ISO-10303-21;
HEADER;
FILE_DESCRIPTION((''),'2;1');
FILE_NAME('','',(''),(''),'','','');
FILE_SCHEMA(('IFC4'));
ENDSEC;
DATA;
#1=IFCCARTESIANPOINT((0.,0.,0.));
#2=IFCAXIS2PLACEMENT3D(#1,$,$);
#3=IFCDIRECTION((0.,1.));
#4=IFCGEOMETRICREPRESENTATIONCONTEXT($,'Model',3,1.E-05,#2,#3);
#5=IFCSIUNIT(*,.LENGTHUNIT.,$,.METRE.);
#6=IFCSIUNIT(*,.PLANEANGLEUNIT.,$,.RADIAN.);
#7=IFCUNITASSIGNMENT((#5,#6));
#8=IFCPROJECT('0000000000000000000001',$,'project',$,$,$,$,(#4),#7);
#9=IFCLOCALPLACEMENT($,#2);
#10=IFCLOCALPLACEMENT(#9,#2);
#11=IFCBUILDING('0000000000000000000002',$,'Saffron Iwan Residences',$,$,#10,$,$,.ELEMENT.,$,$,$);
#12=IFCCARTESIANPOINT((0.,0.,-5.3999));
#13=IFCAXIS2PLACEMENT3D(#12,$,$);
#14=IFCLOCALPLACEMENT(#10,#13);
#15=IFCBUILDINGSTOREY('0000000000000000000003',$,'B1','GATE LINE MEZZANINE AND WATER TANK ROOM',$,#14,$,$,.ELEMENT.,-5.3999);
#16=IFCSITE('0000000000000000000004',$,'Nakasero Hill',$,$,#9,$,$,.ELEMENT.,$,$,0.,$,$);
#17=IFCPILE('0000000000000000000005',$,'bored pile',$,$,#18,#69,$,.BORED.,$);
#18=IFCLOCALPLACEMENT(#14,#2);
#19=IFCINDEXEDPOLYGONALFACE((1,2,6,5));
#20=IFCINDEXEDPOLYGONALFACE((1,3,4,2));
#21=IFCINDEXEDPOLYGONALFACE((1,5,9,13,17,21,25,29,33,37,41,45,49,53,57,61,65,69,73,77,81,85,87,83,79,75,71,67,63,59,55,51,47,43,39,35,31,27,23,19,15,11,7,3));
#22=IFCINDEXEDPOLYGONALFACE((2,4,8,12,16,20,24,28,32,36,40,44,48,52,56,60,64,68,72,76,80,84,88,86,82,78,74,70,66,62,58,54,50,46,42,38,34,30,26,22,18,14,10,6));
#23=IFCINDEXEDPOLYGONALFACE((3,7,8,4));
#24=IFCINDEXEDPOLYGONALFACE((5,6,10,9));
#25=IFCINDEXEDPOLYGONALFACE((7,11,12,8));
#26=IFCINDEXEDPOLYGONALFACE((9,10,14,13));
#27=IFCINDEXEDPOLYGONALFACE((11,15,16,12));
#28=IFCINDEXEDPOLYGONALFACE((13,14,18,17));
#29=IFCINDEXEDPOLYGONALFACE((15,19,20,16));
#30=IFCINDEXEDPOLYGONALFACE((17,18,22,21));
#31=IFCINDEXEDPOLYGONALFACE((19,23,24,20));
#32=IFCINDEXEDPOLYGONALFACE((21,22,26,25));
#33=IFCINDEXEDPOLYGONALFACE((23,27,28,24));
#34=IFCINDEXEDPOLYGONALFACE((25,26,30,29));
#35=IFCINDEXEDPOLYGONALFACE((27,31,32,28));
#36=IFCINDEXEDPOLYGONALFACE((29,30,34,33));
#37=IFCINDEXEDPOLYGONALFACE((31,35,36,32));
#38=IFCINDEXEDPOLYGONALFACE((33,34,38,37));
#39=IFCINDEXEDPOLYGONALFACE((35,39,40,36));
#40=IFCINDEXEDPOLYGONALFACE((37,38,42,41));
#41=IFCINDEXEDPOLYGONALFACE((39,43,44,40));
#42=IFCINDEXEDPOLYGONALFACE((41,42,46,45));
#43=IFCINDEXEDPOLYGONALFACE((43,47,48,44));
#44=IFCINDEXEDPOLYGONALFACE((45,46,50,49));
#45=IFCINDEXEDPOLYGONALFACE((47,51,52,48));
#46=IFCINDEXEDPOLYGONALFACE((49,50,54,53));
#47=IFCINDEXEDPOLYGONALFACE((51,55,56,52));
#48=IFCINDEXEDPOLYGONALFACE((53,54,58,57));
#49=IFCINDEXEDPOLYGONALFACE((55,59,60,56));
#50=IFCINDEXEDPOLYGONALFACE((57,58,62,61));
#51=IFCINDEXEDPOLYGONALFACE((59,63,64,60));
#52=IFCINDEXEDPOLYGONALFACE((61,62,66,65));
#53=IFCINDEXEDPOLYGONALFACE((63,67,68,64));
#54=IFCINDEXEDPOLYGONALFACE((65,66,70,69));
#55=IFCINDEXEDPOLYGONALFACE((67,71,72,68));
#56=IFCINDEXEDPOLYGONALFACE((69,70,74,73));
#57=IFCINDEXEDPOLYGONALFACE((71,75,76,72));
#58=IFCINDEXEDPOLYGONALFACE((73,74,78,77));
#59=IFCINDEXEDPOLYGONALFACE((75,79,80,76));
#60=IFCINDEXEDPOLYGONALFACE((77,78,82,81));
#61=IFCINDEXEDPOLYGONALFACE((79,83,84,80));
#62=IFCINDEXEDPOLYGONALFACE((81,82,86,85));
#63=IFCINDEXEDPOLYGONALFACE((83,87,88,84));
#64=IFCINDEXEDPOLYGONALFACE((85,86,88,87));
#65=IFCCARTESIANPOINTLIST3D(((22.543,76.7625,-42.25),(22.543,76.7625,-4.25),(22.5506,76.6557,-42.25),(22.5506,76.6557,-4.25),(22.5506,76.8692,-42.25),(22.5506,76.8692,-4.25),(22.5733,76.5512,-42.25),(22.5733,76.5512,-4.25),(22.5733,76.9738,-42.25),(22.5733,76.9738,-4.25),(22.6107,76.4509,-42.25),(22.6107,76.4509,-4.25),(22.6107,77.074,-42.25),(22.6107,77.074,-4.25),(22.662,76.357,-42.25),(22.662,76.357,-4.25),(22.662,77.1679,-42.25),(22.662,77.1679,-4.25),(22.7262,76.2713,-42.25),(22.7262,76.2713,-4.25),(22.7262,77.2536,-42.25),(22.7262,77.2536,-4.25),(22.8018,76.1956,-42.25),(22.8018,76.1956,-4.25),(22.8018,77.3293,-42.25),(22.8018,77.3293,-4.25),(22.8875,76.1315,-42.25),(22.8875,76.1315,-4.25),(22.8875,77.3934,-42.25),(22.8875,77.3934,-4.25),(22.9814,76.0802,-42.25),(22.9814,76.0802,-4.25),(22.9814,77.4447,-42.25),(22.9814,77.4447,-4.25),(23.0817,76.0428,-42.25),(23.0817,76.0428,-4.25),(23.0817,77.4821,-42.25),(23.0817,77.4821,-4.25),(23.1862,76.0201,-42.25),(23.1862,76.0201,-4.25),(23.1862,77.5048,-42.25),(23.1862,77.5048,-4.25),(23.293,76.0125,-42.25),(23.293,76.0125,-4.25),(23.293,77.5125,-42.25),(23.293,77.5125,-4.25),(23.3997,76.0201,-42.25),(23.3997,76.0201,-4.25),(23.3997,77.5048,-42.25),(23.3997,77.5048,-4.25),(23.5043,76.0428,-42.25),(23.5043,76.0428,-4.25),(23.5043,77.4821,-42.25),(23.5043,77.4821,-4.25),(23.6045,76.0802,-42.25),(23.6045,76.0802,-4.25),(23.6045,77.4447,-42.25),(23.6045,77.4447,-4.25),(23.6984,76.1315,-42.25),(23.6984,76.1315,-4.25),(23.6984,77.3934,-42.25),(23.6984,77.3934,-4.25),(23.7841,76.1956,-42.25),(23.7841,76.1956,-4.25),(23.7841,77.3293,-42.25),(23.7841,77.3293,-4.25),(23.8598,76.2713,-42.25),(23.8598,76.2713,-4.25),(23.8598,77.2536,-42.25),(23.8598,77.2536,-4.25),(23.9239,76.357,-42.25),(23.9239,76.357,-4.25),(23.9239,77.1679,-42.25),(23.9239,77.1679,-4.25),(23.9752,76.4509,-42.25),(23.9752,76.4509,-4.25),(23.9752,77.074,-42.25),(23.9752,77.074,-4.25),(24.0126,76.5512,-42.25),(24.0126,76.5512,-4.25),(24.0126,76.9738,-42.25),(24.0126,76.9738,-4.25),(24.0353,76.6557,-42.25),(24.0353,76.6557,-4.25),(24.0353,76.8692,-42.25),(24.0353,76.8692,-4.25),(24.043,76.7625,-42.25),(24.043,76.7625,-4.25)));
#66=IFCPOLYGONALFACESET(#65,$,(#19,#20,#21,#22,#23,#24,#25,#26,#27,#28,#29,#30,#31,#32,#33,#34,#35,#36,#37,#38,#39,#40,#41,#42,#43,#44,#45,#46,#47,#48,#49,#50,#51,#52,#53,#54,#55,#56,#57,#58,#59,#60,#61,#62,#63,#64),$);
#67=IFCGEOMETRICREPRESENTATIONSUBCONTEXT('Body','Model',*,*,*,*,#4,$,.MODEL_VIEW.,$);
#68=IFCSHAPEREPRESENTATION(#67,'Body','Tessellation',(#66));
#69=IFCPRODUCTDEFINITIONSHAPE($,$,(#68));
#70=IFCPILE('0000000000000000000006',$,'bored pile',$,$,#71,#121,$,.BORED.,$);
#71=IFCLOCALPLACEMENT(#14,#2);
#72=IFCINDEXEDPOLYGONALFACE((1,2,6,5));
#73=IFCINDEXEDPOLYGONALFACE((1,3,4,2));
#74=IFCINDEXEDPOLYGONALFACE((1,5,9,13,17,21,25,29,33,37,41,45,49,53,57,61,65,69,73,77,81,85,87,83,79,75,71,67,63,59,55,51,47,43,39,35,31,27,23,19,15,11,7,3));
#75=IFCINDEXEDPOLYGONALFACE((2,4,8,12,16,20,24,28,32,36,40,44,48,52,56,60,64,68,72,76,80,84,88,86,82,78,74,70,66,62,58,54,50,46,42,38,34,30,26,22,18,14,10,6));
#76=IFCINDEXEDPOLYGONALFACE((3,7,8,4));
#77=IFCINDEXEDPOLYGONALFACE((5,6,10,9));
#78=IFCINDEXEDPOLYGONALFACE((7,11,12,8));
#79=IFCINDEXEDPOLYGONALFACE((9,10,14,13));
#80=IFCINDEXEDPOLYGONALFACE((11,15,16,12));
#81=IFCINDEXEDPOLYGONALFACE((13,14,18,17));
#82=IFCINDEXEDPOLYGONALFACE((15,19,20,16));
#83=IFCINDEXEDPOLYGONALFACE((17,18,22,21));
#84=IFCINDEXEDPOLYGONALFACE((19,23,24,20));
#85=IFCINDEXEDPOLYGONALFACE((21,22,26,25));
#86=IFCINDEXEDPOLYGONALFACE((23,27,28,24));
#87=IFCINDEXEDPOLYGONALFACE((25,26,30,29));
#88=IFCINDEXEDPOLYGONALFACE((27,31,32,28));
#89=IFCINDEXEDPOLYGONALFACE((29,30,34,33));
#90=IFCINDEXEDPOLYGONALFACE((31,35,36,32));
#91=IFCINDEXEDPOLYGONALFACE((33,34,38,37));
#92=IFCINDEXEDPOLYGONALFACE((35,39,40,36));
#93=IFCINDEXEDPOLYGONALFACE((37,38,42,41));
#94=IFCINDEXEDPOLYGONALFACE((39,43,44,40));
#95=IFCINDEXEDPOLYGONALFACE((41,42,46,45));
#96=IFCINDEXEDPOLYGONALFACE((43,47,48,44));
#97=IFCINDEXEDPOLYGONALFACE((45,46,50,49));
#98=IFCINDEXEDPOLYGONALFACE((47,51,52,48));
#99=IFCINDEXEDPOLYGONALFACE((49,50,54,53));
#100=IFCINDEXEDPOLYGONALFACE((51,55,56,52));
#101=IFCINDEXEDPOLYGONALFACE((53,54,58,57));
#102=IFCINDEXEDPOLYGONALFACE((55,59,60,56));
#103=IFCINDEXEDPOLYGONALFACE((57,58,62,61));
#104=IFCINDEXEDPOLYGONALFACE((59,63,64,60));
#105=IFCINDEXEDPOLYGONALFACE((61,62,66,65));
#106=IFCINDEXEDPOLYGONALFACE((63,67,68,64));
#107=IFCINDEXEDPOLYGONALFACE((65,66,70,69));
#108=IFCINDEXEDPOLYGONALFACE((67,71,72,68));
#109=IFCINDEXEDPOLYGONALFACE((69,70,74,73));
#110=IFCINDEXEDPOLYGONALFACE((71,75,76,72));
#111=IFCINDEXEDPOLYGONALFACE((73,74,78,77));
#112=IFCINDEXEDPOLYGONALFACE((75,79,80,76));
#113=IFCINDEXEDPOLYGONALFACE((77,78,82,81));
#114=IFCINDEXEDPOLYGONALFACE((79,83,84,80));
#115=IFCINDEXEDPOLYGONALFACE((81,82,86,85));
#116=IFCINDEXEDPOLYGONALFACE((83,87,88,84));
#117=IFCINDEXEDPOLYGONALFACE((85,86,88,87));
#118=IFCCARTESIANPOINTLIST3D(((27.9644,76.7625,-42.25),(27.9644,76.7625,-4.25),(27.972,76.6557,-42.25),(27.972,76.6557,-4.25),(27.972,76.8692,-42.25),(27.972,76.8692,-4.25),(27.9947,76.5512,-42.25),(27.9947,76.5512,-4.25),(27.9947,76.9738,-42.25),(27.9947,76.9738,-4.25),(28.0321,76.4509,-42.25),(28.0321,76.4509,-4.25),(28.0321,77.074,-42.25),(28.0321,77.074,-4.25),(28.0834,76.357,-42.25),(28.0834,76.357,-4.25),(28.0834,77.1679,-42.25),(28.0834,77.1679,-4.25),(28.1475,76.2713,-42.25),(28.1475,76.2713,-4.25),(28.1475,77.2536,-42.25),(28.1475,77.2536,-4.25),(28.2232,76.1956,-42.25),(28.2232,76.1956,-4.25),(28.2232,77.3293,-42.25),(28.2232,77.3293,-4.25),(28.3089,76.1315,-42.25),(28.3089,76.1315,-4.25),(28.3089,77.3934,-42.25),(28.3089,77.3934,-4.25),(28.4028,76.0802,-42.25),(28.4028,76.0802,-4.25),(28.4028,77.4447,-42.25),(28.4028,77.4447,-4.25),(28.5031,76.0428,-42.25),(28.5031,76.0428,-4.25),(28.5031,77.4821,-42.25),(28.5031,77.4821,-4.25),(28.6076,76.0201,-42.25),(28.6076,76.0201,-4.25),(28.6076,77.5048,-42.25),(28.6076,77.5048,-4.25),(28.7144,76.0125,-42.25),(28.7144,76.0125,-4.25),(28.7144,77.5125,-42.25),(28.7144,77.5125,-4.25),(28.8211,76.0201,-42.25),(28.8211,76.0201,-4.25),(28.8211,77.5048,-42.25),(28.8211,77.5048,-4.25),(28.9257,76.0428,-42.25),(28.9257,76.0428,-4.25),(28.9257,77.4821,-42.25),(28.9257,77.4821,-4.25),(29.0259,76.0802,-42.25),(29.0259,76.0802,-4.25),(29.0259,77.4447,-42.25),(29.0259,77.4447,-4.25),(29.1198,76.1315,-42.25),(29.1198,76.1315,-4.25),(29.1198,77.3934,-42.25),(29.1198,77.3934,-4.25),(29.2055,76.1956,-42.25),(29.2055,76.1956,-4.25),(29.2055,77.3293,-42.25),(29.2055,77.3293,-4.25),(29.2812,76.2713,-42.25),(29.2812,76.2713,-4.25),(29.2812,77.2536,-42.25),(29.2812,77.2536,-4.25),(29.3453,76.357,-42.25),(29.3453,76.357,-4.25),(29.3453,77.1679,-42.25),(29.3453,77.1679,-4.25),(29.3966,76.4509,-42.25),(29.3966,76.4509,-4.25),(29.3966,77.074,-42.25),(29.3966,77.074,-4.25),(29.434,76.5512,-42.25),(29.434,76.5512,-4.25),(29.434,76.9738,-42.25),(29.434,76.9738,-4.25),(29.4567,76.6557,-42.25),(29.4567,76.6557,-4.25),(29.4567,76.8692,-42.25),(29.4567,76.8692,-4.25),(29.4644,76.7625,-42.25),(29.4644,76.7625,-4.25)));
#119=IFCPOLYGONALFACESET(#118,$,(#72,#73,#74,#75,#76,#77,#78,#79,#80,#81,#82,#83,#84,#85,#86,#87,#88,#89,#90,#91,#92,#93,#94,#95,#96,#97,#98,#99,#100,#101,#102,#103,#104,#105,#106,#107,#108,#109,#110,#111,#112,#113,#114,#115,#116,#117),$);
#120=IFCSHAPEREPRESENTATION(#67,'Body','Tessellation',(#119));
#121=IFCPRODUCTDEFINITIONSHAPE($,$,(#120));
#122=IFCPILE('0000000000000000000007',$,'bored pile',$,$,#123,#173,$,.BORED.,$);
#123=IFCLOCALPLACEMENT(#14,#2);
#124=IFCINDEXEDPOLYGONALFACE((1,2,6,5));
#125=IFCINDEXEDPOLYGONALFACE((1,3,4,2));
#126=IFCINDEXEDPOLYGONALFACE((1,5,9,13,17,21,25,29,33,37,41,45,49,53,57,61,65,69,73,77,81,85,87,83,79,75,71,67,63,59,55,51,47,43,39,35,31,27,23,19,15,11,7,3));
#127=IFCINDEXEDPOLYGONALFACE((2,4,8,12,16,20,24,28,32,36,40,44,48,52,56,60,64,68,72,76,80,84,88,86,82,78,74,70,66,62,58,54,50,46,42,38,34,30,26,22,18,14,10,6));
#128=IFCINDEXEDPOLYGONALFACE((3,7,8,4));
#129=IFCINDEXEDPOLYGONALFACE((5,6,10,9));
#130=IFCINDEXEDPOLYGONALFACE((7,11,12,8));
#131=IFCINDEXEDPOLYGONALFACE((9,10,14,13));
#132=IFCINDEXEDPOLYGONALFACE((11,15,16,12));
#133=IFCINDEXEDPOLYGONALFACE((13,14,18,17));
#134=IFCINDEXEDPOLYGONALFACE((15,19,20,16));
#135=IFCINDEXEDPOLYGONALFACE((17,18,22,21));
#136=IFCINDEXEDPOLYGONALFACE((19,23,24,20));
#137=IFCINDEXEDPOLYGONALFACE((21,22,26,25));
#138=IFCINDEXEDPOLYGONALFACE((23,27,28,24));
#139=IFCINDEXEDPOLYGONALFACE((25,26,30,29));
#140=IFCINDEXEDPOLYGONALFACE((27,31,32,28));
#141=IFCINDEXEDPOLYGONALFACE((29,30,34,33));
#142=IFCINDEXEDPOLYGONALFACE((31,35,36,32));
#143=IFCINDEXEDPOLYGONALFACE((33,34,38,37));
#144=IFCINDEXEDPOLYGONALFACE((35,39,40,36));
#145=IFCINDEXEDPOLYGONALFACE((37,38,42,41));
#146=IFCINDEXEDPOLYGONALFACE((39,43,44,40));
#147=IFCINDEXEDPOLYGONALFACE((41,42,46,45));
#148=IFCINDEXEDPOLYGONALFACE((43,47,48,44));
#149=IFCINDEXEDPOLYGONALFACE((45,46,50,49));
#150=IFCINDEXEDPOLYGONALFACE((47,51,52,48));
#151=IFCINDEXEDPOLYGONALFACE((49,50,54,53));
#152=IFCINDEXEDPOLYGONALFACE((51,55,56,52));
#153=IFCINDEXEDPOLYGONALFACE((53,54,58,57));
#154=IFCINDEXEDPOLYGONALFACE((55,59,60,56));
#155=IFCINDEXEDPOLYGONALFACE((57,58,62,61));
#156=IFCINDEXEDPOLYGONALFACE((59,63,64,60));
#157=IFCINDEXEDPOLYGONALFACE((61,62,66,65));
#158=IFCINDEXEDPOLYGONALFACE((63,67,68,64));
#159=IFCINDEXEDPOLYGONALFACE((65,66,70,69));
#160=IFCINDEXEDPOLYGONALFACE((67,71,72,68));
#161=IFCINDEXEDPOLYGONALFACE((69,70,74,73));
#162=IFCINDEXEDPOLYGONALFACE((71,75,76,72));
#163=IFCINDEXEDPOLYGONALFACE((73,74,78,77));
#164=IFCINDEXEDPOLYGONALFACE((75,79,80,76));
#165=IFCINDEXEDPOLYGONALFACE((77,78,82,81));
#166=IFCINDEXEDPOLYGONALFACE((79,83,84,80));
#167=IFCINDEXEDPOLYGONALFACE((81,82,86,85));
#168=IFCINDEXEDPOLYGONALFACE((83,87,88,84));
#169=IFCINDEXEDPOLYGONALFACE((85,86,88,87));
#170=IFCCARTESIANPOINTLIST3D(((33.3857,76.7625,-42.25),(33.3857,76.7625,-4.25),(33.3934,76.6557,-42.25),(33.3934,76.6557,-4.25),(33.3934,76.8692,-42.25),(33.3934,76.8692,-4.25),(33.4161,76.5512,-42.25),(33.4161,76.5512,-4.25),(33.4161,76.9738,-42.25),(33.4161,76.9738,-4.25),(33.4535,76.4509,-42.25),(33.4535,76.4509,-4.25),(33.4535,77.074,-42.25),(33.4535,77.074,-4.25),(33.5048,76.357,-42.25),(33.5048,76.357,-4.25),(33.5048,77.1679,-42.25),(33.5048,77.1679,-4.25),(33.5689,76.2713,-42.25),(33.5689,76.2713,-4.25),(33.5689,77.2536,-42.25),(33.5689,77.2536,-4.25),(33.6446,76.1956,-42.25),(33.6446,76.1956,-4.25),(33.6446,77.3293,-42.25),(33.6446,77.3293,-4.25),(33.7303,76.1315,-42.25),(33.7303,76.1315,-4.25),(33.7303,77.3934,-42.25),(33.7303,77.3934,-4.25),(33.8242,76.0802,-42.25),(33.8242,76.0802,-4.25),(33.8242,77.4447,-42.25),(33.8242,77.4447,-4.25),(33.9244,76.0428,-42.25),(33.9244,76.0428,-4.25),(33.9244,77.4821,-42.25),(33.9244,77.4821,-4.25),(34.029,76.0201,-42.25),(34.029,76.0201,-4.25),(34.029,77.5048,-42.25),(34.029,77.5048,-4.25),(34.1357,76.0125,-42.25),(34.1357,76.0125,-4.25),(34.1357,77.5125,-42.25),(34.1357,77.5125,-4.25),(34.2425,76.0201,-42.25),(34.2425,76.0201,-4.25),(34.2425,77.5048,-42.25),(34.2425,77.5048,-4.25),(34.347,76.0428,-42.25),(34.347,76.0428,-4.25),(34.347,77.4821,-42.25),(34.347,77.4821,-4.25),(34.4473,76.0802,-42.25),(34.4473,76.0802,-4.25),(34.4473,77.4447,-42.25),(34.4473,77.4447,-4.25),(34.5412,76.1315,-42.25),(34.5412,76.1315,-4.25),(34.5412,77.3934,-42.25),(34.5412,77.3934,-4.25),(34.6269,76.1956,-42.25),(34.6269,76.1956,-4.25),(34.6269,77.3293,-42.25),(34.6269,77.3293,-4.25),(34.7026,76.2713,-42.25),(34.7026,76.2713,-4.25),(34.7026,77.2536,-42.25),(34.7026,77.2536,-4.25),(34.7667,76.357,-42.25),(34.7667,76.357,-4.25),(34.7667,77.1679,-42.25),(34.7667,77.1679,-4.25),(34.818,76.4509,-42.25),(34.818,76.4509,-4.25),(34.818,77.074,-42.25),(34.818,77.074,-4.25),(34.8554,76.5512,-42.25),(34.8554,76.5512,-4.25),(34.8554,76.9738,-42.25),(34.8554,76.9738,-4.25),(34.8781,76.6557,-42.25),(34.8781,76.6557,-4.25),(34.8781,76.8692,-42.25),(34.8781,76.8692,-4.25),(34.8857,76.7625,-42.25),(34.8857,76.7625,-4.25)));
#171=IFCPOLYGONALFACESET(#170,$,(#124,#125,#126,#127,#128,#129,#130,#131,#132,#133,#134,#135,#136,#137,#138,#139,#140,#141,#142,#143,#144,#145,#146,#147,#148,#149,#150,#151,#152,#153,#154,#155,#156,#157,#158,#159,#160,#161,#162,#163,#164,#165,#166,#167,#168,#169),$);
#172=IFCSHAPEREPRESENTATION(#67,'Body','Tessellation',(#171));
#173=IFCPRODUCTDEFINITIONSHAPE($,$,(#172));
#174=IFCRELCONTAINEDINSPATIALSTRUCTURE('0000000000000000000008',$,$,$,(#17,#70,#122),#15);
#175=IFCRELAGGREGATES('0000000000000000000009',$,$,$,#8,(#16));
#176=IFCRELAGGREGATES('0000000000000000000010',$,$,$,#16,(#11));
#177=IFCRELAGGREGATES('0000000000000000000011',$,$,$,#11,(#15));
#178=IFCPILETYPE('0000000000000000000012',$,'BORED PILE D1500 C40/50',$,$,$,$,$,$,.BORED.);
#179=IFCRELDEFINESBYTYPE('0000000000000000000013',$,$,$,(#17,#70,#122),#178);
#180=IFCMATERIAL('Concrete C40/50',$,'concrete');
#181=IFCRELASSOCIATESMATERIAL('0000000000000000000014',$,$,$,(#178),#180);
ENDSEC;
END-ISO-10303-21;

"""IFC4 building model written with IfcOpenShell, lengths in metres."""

from ifc_helpers import new_model, si_unit, direction, frame, origin, origin_2d, place, context, subcontext, project, spatial, circle, extrude, material, material_profile, profile_set, type_object, element, save


model = new_model("IFC4")

# Units and contexts
model_context = context("Model", 3, precision=1e-05, world=origin(), true_north=direction((0.0, 1.0)))
body_context = subcontext(model_context, "Body", "Model", "MODEL_VIEW")
ifc_project = project(units=[si_unit("LENGTHUNIT", "METRE"), si_unit("PLANEANGLEUNIT", "RADIAN")], contexts=[model_context])

# Site, building, storey
site_placement = place(None, origin())
site = spatial("IfcSite", under=ifc_project, at=site_placement, Name="Nakasero Hill", CompositionType="ELEMENT", RefElevation=0.0)
building_placement = place(site_placement, origin())
building = spatial("IfcBuilding", under=site, at=building_placement, Name="Saffron Iwan Residences", CompositionType="ELEMENT")
storey_placement = place(building_placement, frame((0.0, 0.0, -5.3999)))
storey = spatial("IfcBuildingStorey", under=building, at=storey_placement, Name="B1", Description="GATE LINE MEZZANINE AND WATER TANK ROOM", CompositionType="ELEMENT", Elevation=-5.3999)

# Piles
ifc_material_1 = material(Name="Concrete C40/50", Category="concrete")
ifc_material_profile_1 = material_profile(ifc_material_1, circle(Radius=0.75, at=origin_2d()), Name="RC D1500")
ifc_profile_set_1 = profile_set([ifc_material_profile_1], Name="Concrete C40/50")
pile_type = type_object("IfcPileType", Name="BORED PILE D1500 C40/50", PredefinedType="BORED", material=ifc_profile_set_1)
for number, where, z_axis, x_axis, name in (
    (1, (23.293, 76.7625, -4.25), (0.0, 0.0, -1.0), (1.0, 0.0, 0.0), "bored pile"),
    (2, (28.7144, 76.7625, -4.25), (0.0, 0.0, -1.0), (1.0, 0.0, 0.0), "bored pile"),
    (3, (34.1357, 76.7625, -4.25), (0.0, 0.0, -1.0), (1.0, 0.0, 0.0), "bored pile"),
):
    element("IfcPile", number, at=place(storey_placement, frame(where, z_axis=z_axis, x_axis=x_axis)), inside=storey, type_object=pile_type, Name=name, PredefinedType="BORED", context=body_context, shape_type="SweptSolid", body=[
        extrude(circle(Radius=0.75, at=origin_2d()), origin(), (0.0, 0.0, 1.0), 38.0),
    ])

save(model, "model.ifc")
